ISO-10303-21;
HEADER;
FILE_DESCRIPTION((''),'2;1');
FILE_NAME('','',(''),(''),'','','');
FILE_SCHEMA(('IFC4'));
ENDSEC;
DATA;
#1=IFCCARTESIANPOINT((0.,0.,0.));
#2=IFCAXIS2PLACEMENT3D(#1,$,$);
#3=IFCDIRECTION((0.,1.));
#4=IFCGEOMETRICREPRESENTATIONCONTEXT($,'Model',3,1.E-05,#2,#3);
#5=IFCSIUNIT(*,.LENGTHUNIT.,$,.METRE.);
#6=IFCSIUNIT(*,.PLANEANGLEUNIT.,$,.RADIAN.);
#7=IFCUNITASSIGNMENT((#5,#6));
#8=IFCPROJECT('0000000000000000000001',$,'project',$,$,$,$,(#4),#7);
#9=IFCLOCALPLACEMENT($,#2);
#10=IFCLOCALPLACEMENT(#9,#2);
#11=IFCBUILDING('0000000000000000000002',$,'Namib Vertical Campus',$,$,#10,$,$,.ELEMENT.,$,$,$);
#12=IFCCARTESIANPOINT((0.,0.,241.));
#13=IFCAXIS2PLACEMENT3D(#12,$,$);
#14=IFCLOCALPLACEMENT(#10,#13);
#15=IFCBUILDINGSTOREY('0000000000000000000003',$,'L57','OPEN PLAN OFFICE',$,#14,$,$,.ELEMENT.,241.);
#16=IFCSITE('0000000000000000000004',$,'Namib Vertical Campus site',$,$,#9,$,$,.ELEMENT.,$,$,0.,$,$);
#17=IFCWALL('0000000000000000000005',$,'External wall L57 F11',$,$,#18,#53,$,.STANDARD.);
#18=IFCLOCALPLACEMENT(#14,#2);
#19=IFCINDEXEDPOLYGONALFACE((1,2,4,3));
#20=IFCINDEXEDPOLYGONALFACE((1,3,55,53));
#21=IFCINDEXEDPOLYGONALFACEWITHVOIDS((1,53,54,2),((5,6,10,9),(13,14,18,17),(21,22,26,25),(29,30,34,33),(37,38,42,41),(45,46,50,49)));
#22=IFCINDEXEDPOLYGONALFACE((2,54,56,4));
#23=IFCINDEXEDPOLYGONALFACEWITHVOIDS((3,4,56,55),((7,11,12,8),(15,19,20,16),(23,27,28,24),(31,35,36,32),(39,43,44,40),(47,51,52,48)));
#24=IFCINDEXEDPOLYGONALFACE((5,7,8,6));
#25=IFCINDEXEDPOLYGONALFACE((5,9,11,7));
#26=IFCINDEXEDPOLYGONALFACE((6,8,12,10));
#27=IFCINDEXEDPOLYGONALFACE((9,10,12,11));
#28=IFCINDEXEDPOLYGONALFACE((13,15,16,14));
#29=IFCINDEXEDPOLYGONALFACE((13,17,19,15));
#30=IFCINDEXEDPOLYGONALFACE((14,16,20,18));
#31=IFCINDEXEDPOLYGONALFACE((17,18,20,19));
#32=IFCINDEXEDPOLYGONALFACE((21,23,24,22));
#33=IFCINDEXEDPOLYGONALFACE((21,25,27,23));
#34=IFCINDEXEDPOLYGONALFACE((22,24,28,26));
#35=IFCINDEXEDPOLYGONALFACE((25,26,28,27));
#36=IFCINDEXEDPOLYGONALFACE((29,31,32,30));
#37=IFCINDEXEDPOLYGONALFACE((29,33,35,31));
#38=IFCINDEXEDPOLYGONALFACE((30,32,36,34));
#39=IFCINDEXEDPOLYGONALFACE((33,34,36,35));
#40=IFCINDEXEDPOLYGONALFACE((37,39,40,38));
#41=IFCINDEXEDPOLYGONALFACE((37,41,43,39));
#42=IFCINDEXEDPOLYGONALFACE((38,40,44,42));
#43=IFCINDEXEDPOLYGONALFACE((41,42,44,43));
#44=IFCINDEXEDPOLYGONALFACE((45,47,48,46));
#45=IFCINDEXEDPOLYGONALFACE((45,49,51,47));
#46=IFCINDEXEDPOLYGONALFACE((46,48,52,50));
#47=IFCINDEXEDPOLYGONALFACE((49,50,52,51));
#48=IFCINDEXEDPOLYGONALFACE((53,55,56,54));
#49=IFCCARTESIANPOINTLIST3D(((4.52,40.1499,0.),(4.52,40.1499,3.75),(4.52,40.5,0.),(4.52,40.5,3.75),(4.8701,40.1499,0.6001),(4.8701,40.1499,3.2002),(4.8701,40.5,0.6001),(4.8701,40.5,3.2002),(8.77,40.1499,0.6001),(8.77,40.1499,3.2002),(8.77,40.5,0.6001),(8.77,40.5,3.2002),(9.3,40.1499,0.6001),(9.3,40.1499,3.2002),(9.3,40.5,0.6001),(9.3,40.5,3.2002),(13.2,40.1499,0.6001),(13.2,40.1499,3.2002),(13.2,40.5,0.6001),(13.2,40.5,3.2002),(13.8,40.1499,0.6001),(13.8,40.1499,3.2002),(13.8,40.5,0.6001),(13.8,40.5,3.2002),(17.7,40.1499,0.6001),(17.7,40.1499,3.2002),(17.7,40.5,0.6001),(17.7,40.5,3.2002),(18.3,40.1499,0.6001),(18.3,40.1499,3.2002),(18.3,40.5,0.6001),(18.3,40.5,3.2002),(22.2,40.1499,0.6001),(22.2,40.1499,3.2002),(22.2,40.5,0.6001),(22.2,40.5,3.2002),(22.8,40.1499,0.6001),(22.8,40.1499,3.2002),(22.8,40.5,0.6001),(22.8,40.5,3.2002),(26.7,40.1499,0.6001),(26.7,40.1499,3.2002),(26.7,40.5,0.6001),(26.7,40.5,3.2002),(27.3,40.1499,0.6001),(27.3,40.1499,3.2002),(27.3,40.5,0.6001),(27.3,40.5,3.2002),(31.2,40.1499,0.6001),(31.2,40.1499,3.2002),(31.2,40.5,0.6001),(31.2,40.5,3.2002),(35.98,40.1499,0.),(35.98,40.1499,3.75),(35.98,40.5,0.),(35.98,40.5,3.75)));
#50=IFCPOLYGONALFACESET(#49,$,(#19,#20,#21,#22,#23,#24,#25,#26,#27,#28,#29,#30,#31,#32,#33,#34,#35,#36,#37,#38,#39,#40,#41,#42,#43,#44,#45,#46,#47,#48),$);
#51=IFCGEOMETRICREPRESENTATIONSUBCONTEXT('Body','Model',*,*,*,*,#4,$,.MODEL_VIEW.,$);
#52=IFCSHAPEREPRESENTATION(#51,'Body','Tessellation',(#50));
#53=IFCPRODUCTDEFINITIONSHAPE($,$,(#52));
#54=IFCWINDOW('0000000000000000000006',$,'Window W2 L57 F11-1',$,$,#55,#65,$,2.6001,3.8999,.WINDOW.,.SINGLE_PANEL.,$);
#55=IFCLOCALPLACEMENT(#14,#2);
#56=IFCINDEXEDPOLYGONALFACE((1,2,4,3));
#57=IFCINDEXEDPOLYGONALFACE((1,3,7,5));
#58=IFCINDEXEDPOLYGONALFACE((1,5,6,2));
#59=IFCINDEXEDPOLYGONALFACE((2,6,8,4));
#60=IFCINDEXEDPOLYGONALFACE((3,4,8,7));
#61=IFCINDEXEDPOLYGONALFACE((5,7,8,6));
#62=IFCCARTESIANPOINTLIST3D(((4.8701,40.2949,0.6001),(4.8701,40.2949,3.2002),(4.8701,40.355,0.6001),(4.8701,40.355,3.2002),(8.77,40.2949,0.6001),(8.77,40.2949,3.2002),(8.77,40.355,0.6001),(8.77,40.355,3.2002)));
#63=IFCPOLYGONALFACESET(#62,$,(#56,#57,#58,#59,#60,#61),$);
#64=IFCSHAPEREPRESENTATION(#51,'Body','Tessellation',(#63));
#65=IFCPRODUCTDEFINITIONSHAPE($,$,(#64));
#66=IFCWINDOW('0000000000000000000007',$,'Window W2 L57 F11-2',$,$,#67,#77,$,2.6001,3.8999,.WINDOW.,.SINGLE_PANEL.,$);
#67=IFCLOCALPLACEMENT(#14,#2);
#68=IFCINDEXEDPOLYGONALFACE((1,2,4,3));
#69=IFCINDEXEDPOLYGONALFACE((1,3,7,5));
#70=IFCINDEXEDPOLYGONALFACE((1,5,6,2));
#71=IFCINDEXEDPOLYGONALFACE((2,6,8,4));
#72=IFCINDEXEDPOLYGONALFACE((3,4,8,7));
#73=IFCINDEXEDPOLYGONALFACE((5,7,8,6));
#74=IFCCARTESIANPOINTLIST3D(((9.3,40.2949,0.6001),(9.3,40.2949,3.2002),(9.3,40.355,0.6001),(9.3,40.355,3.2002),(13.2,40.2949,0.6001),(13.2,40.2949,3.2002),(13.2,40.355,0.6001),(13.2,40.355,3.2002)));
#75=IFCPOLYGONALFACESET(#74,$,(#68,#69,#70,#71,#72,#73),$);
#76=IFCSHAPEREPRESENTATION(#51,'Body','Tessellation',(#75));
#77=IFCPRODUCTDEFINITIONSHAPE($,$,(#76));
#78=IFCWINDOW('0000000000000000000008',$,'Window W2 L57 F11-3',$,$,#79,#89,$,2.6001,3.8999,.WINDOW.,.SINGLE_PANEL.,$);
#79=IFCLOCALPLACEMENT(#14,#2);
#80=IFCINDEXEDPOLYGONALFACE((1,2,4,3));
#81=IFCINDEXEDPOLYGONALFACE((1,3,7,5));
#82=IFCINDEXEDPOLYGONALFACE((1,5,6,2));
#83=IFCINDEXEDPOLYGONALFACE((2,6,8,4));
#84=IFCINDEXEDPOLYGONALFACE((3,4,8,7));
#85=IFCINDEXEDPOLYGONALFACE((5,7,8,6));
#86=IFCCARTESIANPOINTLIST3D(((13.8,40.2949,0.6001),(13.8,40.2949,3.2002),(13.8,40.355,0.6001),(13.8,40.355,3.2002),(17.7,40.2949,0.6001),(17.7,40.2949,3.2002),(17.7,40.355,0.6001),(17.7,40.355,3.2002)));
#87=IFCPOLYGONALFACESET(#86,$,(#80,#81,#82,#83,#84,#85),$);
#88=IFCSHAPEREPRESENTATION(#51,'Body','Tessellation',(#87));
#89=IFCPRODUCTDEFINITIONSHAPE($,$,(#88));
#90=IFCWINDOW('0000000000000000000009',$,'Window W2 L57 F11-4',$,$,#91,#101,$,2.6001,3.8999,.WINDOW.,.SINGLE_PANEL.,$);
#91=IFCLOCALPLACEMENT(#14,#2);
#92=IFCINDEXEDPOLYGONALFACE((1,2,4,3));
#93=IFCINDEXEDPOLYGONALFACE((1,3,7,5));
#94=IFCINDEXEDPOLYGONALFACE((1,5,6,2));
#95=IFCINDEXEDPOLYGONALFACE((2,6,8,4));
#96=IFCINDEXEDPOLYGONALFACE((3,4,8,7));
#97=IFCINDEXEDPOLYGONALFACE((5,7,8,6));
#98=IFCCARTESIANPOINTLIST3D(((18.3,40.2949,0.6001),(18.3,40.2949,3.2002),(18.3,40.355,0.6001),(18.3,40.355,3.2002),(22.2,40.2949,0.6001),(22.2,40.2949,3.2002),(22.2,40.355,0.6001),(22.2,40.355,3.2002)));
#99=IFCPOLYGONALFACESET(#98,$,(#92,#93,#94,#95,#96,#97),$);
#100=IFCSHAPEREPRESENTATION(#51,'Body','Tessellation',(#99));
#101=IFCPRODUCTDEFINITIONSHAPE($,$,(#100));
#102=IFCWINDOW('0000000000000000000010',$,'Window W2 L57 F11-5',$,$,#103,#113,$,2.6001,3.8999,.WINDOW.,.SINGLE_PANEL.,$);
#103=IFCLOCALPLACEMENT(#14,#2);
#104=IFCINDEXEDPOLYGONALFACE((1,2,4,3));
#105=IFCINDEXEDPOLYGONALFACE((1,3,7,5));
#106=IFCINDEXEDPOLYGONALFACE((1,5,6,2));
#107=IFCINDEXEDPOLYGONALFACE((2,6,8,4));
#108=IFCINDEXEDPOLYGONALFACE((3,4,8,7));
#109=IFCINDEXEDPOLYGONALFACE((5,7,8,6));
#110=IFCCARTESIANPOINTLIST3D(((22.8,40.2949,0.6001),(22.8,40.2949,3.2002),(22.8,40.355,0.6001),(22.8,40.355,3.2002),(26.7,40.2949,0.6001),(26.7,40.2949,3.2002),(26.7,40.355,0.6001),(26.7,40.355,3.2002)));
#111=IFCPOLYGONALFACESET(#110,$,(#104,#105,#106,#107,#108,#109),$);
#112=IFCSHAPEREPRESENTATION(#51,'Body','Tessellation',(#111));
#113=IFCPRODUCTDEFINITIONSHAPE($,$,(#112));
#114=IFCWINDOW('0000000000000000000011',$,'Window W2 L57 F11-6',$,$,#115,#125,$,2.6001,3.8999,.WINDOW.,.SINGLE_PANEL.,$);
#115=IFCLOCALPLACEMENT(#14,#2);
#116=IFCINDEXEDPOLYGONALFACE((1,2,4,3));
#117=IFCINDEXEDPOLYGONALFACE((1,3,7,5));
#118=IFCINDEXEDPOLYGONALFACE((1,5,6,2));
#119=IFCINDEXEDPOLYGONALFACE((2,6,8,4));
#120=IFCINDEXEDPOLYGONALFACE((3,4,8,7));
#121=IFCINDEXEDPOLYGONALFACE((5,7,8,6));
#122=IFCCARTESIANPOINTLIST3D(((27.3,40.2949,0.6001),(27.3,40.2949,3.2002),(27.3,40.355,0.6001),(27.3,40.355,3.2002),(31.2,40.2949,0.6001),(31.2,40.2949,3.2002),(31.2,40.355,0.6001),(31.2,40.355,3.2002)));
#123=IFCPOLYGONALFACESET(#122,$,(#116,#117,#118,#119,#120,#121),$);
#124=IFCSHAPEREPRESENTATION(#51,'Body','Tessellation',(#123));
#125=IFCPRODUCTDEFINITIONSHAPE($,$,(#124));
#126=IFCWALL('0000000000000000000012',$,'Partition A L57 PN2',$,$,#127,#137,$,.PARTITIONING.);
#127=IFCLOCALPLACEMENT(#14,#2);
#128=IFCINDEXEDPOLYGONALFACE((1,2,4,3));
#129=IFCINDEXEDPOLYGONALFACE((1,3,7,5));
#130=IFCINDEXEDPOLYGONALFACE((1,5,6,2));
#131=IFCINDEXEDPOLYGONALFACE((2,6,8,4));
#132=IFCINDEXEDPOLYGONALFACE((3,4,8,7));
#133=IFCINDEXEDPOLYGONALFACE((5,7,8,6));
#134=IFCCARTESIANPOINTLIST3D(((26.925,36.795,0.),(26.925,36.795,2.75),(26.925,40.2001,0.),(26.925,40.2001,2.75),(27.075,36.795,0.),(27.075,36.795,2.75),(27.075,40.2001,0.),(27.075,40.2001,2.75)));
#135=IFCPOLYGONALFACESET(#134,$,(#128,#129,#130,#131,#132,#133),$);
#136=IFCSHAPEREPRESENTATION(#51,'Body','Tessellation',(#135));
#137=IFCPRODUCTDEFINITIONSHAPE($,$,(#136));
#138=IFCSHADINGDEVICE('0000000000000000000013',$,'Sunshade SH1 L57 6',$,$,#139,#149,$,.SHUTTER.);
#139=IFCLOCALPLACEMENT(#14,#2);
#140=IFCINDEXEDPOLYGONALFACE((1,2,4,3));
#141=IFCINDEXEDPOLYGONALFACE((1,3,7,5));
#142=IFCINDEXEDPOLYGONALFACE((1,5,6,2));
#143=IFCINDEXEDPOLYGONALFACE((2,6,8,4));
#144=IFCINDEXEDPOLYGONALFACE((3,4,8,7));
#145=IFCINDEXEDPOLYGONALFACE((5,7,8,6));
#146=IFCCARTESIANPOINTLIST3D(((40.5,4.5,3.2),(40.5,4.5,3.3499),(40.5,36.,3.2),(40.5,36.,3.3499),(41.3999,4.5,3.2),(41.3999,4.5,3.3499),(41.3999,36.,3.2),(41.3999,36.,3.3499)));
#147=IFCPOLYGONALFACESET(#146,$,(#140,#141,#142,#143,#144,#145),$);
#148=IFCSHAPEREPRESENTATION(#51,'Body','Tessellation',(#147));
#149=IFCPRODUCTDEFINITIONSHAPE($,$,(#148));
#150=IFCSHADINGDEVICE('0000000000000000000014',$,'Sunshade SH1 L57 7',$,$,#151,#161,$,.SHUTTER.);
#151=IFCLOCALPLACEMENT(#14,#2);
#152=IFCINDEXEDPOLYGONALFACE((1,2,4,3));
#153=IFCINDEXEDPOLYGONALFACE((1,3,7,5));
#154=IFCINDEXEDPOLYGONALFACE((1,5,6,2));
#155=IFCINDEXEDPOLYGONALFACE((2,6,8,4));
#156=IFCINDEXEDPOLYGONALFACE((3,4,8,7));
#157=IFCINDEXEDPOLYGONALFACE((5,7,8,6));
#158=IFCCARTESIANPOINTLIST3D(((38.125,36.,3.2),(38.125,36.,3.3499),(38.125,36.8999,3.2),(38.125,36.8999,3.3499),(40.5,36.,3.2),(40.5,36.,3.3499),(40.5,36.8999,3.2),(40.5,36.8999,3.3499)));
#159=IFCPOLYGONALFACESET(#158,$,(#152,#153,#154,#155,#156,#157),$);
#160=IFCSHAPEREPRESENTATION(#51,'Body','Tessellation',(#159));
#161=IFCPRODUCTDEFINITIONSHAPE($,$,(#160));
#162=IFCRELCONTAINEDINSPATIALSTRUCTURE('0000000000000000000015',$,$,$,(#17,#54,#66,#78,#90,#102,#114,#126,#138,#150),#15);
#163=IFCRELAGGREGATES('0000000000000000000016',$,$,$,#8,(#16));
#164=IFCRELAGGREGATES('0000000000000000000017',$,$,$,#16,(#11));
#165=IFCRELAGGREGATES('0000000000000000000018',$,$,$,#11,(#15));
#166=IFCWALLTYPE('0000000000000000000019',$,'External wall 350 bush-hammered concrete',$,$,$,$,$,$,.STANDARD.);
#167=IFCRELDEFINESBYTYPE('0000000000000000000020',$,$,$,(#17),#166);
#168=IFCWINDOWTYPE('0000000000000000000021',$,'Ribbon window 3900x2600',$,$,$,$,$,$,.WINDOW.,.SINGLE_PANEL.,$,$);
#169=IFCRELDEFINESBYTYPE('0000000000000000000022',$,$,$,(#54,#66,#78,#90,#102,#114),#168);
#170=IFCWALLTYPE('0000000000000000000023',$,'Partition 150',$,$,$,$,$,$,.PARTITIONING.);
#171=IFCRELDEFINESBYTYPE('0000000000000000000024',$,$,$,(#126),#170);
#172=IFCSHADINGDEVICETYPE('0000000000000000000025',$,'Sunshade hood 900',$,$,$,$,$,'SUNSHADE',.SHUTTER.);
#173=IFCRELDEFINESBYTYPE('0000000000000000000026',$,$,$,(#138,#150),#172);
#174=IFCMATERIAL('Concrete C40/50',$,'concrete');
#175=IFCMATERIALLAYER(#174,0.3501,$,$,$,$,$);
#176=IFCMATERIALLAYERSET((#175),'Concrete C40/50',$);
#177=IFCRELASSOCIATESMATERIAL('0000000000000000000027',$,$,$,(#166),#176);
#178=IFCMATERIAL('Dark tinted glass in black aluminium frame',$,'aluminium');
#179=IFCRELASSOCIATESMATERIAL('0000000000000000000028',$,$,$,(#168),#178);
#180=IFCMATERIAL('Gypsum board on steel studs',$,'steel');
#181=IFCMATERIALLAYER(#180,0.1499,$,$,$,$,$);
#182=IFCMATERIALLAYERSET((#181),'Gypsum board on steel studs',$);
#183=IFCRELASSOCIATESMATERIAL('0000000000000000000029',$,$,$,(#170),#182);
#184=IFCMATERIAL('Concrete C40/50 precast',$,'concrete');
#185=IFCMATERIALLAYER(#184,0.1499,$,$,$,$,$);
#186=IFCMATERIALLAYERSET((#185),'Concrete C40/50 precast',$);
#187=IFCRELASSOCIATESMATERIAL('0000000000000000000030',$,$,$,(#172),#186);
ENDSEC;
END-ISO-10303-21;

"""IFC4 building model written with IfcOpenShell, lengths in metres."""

from ifc_helpers import new_model, si_unit, direction, frame, frame_2d, origin, origin_2d, place, context, subcontext, project, spatial, rectangle, extrude, material, layer, layer_set, type_object, element, fill, save


model = new_model("IFC4")

# Units and contexts
model_context = context("Model", 3, precision=1e-05, world=origin(), true_north=direction((0.0, 1.0)))
body_context = subcontext(model_context, "Body", "Model", "MODEL_VIEW")
ifc_project = project(units=[si_unit("LENGTHUNIT", "METRE"), si_unit("PLANEANGLEUNIT", "RADIAN")], contexts=[model_context])

# Site, building, storey
site_placement = place(None, origin())
site = spatial("IfcSite", under=ifc_project, at=site_placement, Name="Namib Vertical Campus site", CompositionType="ELEMENT", RefElevation=0.0)
building_placement = place(site_placement, origin())
building = spatial("IfcBuilding", under=site, at=building_placement, Name="Namib Vertical Campus", CompositionType="ELEMENT")
storey_placement = place(building_placement, frame((0.0, 0.0, 241.0)))
storey = spatial("IfcBuildingStorey", under=building, at=storey_placement, Name="L57", Description="OPEN PLAN OFFICE", CompositionType="ELEMENT", Elevation=241.0)

# Shared definitions
ifc_material_1 = material(Name="Concrete C40/50", Category="concrete")
ifc_layer_1 = layer(ifc_material_1, 0.3501)
ifc_layer_set_1 = layer_set([ifc_layer_1], Name="Concrete C40/50")
wall_type_1 = type_object("IfcWallType", Name="External wall 350 bush-hammered concrete", PredefinedType="STANDARD", material=ifc_layer_set_1)

# Wall, openings, windows
wall_1_placement = place(storey_placement, frame((35.98, 40.325, 0.0), z_axis=(0.0, 0.0, 1.0), x_axis=(-1.0, 0.0, 0.0)))
wall_1 = element("IfcWall", 1, at=wall_1_placement, inside=storey, type_object=wall_type_1, Name="External wall L57 F11", PredefinedType="STANDARD", context=body_context, shape_type="SweptSolid", body=[
    extrude(rectangle(XDim=31.46, YDim=0.3501, at=frame_2d((15.73, 0.0))), origin(), (0.0, 0.0, 1.0), 3.75),
])
opening_1_placement = place(wall_1_placement, frame((27.21, 0.0, 0.6001)))
opening_1 = element("IfcOpeningElement", 2, at=opening_1_placement, cuts=wall_1, PredefinedType="OPENING", context=body_context, shape_type="SweptSolid", body=[
    extrude(rectangle(XDim=3.8999, YDim=2.6001, at=frame_2d((1.95, 1.3))), frame((0.0, 0.1851, 0.0), z_axis=(0.0, -1.0, 0.0), x_axis=(1.0, 0.0, 0.0)), (0.0, 0.0, 1.0), 0.3701),
])
opening_2_placement = place(wall_1_placement, frame((22.78, 0.0, 0.6001)))
opening_2 = element("IfcOpeningElement", 3, at=opening_2_placement, cuts=wall_1, PredefinedType="OPENING", context=body_context, shape_type="SweptSolid", body=[
    extrude(rectangle(XDim=3.8999, YDim=2.6001, at=frame_2d((1.95, 1.3))), frame((0.0, 0.1851, 0.0), z_axis=(0.0, -1.0, 0.0), x_axis=(1.0, 0.0, 0.0)), (0.0, 0.0, 1.0), 0.3701),
])
opening_3_placement = place(wall_1_placement, frame((18.28, 0.0, 0.6001)))
opening_3 = element("IfcOpeningElement", 4, at=opening_3_placement, cuts=wall_1, PredefinedType="OPENING", context=body_context, shape_type="SweptSolid", body=[
    extrude(rectangle(XDim=3.8999, YDim=2.6001, at=frame_2d((1.95, 1.3))), frame((0.0, 0.1851, 0.0), z_axis=(0.0, -1.0, 0.0), x_axis=(1.0, 0.0, 0.0)), (0.0, 0.0, 1.0), 0.3701),
])
opening_4_placement = place(wall_1_placement, frame((13.78, 0.0, 0.6001)))
opening_4 = element("IfcOpeningElement", 5, at=opening_4_placement, cuts=wall_1, PredefinedType="OPENING", context=body_context, shape_type="SweptSolid", body=[
    extrude(rectangle(XDim=3.8999, YDim=2.6001, at=frame_2d((1.95, 1.3))), frame((0.0, 0.1851, 0.0), z_axis=(0.0, -1.0, 0.0), x_axis=(1.0, 0.0, 0.0)), (0.0, 0.0, 1.0), 0.3701),
])
opening_5_placement = place(wall_1_placement, frame((9.28, 0.0, 0.6001)))
opening_5 = element("IfcOpeningElement", 6, at=opening_5_placement, cuts=wall_1, PredefinedType="OPENING", context=body_context, shape_type="SweptSolid", body=[
    extrude(rectangle(XDim=3.8999, YDim=2.6001, at=frame_2d((1.95, 1.3))), frame((0.0, 0.1851, 0.0), z_axis=(0.0, -1.0, 0.0), x_axis=(1.0, 0.0, 0.0)), (0.0, 0.0, 1.0), 0.3701),
])
opening_6_placement = place(wall_1_placement, frame((4.78, 0.0, 0.6001)))
opening_6 = element("IfcOpeningElement", 7, at=opening_6_placement, cuts=wall_1, PredefinedType="OPENING", context=body_context, shape_type="SweptSolid", body=[
    extrude(rectangle(XDim=3.8999, YDim=2.6001, at=frame_2d((1.95, 1.3))), frame((0.0, 0.1851, 0.0), z_axis=(0.0, -1.0, 0.0), x_axis=(1.0, 0.0, 0.0)), (0.0, 0.0, 1.0), 0.3701),
])
ifc_material_2 = material(Name="Dark tinted glass in black aluminium frame", Category="aluminium")
window_type = type_object("IfcWindowType", Name="Ribbon window 3900x2600", PartitioningType="SINGLE_PANEL", PredefinedType="WINDOW", material=ifc_material_2)
window_1_placement = place(opening_1_placement, origin())
window_1 = element("IfcWindow", 8, at=window_1_placement, inside=storey, type_object=window_type, Name="Window W2 L57 F11-1", OverallHeight=2.6001, OverallWidth=3.8999, PartitioningType="SINGLE_PANEL", PredefinedType="WINDOW", context=body_context, shape_type="SweptSolid", body=[
    extrude(rectangle(XDim=3.8999, YDim=2.6001, at=frame_2d((1.95, 1.3))), frame((0.0, 0.03, 0.0), z_axis=(0.0, -1.0, 0.0), x_axis=(1.0, 0.0, 0.0)), (0.0, 0.0, 1.0), 0.0601),
])
fill(opening_1, window_1)
window_2_placement = place(opening_2_placement, origin())
window_2 = element("IfcWindow", 9, at=window_2_placement, inside=storey, type_object=window_type, Name="Window W2 L57 F11-2", OverallHeight=2.6001, OverallWidth=3.8999, PartitioningType="SINGLE_PANEL", PredefinedType="WINDOW", context=body_context, shape_type="SweptSolid", body=[
    extrude(rectangle(XDim=3.8999, YDim=2.6001, at=frame_2d((1.95, 1.3))), frame((0.0, 0.03, 0.0), z_axis=(0.0, -1.0, 0.0), x_axis=(1.0, 0.0, 0.0)), (0.0, 0.0, 1.0), 0.0601),
])
fill(opening_2, window_2)
window_3_placement = place(opening_3_placement, origin())
window_3 = element("IfcWindow", 10, at=window_3_placement, inside=storey, type_object=window_type, Name="Window W2 L57 F11-3", OverallHeight=2.6001, OverallWidth=3.8999, PartitioningType="SINGLE_PANEL", PredefinedType="WINDOW", context=body_context, shape_type="SweptSolid", body=[
    extrude(rectangle(XDim=3.8999, YDim=2.6001, at=frame_2d((1.95, 1.3))), frame((0.0, 0.03, 0.0), z_axis=(0.0, -1.0, 0.0), x_axis=(1.0, 0.0, 0.0)), (0.0, 0.0, 1.0), 0.0601),
])
fill(opening_3, window_3)
window_4_placement = place(opening_4_placement, origin())
window_4 = element("IfcWindow", 11, at=window_4_placement, inside=storey, type_object=window_type, Name="Window W2 L57 F11-4", OverallHeight=2.6001, OverallWidth=3.8999, PartitioningType="SINGLE_PANEL", PredefinedType="WINDOW", context=body_context, shape_type="SweptSolid", body=[
    extrude(rectangle(XDim=3.8999, YDim=2.6001, at=frame_2d((1.95, 1.3))), frame((0.0, 0.03, 0.0), z_axis=(0.0, -1.0, 0.0), x_axis=(1.0, 0.0, 0.0)), (0.0, 0.0, 1.0), 0.0601),
])
fill(opening_4, window_4)
window_5_placement = place(opening_5_placement, origin())
window_5 = element("IfcWindow", 12, at=window_5_placement, inside=storey, type_object=window_type, Name="Window W2 L57 F11-5", OverallHeight=2.6001, OverallWidth=3.8999, PartitioningType="SINGLE_PANEL", PredefinedType="WINDOW", context=body_context, shape_type="SweptSolid", body=[
    extrude(rectangle(XDim=3.8999, YDim=2.6001, at=frame_2d((1.95, 1.3))), frame((0.0, 0.03, 0.0), z_axis=(0.0, -1.0, 0.0), x_axis=(1.0, 0.0, 0.0)), (0.0, 0.0, 1.0), 0.0601),
])
fill(opening_5, window_5)
window_6_placement = place(opening_6_placement, origin())
window_6 = element("IfcWindow", 13, at=window_6_placement, inside=storey, type_object=window_type, Name="Window W2 L57 F11-6", OverallHeight=2.6001, OverallWidth=3.8999, PartitioningType="SINGLE_PANEL", PredefinedType="WINDOW", context=body_context, shape_type="SweptSolid", body=[
    extrude(rectangle(XDim=3.8999, YDim=2.6001, at=frame_2d((1.95, 1.3))), frame((0.0, 0.03, 0.0), z_axis=(0.0, -1.0, 0.0), x_axis=(1.0, 0.0, 0.0)), (0.0, 0.0, 1.0), 0.0601),
])
fill(opening_6, window_6)

# Wall
ifc_material_3 = material(Name="Gypsum board on steel studs", Category="steel")
ifc_layer_2 = layer(ifc_material_3, 0.1499)
ifc_layer_set_2 = layer_set([ifc_layer_2], Name="Gypsum board on steel studs")
wall_type_2 = type_object("IfcWallType", Name="Partition 150", PredefinedType="PARTITIONING", material=ifc_layer_set_2)
wall_2_placement = place(storey_placement, frame((27.0, 36.7949, 0.0), z_axis=(0.0, 0.0, 1.0), x_axis=(0.0, 1.0, 0.0)))
element("IfcWall", 14, at=wall_2_placement, inside=storey, type_object=wall_type_2, Name="Partition A L57 PN2", PredefinedType="PARTITIONING", context=body_context, shape_type="SweptSolid", body=[
    extrude(rectangle(XDim=3.405, YDim=0.1499, at=frame_2d((1.7026, 0.0))), origin(), (0.0, 0.0, 1.0), 2.75),
])

# Shading devices
ifc_material_4 = material(Name="Concrete C40/50 precast", Category="concrete")
ifc_layer_3 = layer(ifc_material_4, 0.1499)
ifc_layer_set_3 = layer_set([ifc_layer_3], Name="Concrete C40/50 precast")
shading_device_type = type_object("IfcShadingDeviceType", Name="Sunshade hood 900", ElementType="SUNSHADE", PredefinedType="SHUTTER", material=ifc_layer_set_3)
shading_device_placement = place(storey_placement, frame((40.95, 20.25, 3.2), z_axis=(0.0, 0.0, 1.0), x_axis=(0.0, 1.0, 0.0)))
element("IfcShadingDevice", 15, at=shading_device_placement, inside=storey, type_object=shading_device_type, Name="Sunshade SH1 L57 6", PredefinedType="SHUTTER", context=body_context, shape_type="SweptSolid", body=[
    extrude(rectangle(XDim=31.5, YDim=0.8999, at=origin_2d()), origin(), (0.0, 0.0, 1.0), 0.1499),
])
for number, where, z_axis, x_axis, name in (
    (16, (39.3125, 36.45, 3.2), (0.0, 0.0, 1.0), (-1.0, 0.0, 0.0), "Sunshade SH1 L57 7"),
):
    element("IfcShadingDevice", number, at=place(storey_placement, frame(where, z_axis=z_axis, x_axis=x_axis)), inside=storey, type_object=shading_device_type, Name=name, PredefinedType="SHUTTER", context=body_context, shape_type="SweptSolid", body=[
        extrude(rectangle(XDim=2.375, YDim=0.8999, at=origin_2d()), origin(), (0.0, 0.0, 1.0), 0.1499),
    ])

save(model, "model.ifc")
